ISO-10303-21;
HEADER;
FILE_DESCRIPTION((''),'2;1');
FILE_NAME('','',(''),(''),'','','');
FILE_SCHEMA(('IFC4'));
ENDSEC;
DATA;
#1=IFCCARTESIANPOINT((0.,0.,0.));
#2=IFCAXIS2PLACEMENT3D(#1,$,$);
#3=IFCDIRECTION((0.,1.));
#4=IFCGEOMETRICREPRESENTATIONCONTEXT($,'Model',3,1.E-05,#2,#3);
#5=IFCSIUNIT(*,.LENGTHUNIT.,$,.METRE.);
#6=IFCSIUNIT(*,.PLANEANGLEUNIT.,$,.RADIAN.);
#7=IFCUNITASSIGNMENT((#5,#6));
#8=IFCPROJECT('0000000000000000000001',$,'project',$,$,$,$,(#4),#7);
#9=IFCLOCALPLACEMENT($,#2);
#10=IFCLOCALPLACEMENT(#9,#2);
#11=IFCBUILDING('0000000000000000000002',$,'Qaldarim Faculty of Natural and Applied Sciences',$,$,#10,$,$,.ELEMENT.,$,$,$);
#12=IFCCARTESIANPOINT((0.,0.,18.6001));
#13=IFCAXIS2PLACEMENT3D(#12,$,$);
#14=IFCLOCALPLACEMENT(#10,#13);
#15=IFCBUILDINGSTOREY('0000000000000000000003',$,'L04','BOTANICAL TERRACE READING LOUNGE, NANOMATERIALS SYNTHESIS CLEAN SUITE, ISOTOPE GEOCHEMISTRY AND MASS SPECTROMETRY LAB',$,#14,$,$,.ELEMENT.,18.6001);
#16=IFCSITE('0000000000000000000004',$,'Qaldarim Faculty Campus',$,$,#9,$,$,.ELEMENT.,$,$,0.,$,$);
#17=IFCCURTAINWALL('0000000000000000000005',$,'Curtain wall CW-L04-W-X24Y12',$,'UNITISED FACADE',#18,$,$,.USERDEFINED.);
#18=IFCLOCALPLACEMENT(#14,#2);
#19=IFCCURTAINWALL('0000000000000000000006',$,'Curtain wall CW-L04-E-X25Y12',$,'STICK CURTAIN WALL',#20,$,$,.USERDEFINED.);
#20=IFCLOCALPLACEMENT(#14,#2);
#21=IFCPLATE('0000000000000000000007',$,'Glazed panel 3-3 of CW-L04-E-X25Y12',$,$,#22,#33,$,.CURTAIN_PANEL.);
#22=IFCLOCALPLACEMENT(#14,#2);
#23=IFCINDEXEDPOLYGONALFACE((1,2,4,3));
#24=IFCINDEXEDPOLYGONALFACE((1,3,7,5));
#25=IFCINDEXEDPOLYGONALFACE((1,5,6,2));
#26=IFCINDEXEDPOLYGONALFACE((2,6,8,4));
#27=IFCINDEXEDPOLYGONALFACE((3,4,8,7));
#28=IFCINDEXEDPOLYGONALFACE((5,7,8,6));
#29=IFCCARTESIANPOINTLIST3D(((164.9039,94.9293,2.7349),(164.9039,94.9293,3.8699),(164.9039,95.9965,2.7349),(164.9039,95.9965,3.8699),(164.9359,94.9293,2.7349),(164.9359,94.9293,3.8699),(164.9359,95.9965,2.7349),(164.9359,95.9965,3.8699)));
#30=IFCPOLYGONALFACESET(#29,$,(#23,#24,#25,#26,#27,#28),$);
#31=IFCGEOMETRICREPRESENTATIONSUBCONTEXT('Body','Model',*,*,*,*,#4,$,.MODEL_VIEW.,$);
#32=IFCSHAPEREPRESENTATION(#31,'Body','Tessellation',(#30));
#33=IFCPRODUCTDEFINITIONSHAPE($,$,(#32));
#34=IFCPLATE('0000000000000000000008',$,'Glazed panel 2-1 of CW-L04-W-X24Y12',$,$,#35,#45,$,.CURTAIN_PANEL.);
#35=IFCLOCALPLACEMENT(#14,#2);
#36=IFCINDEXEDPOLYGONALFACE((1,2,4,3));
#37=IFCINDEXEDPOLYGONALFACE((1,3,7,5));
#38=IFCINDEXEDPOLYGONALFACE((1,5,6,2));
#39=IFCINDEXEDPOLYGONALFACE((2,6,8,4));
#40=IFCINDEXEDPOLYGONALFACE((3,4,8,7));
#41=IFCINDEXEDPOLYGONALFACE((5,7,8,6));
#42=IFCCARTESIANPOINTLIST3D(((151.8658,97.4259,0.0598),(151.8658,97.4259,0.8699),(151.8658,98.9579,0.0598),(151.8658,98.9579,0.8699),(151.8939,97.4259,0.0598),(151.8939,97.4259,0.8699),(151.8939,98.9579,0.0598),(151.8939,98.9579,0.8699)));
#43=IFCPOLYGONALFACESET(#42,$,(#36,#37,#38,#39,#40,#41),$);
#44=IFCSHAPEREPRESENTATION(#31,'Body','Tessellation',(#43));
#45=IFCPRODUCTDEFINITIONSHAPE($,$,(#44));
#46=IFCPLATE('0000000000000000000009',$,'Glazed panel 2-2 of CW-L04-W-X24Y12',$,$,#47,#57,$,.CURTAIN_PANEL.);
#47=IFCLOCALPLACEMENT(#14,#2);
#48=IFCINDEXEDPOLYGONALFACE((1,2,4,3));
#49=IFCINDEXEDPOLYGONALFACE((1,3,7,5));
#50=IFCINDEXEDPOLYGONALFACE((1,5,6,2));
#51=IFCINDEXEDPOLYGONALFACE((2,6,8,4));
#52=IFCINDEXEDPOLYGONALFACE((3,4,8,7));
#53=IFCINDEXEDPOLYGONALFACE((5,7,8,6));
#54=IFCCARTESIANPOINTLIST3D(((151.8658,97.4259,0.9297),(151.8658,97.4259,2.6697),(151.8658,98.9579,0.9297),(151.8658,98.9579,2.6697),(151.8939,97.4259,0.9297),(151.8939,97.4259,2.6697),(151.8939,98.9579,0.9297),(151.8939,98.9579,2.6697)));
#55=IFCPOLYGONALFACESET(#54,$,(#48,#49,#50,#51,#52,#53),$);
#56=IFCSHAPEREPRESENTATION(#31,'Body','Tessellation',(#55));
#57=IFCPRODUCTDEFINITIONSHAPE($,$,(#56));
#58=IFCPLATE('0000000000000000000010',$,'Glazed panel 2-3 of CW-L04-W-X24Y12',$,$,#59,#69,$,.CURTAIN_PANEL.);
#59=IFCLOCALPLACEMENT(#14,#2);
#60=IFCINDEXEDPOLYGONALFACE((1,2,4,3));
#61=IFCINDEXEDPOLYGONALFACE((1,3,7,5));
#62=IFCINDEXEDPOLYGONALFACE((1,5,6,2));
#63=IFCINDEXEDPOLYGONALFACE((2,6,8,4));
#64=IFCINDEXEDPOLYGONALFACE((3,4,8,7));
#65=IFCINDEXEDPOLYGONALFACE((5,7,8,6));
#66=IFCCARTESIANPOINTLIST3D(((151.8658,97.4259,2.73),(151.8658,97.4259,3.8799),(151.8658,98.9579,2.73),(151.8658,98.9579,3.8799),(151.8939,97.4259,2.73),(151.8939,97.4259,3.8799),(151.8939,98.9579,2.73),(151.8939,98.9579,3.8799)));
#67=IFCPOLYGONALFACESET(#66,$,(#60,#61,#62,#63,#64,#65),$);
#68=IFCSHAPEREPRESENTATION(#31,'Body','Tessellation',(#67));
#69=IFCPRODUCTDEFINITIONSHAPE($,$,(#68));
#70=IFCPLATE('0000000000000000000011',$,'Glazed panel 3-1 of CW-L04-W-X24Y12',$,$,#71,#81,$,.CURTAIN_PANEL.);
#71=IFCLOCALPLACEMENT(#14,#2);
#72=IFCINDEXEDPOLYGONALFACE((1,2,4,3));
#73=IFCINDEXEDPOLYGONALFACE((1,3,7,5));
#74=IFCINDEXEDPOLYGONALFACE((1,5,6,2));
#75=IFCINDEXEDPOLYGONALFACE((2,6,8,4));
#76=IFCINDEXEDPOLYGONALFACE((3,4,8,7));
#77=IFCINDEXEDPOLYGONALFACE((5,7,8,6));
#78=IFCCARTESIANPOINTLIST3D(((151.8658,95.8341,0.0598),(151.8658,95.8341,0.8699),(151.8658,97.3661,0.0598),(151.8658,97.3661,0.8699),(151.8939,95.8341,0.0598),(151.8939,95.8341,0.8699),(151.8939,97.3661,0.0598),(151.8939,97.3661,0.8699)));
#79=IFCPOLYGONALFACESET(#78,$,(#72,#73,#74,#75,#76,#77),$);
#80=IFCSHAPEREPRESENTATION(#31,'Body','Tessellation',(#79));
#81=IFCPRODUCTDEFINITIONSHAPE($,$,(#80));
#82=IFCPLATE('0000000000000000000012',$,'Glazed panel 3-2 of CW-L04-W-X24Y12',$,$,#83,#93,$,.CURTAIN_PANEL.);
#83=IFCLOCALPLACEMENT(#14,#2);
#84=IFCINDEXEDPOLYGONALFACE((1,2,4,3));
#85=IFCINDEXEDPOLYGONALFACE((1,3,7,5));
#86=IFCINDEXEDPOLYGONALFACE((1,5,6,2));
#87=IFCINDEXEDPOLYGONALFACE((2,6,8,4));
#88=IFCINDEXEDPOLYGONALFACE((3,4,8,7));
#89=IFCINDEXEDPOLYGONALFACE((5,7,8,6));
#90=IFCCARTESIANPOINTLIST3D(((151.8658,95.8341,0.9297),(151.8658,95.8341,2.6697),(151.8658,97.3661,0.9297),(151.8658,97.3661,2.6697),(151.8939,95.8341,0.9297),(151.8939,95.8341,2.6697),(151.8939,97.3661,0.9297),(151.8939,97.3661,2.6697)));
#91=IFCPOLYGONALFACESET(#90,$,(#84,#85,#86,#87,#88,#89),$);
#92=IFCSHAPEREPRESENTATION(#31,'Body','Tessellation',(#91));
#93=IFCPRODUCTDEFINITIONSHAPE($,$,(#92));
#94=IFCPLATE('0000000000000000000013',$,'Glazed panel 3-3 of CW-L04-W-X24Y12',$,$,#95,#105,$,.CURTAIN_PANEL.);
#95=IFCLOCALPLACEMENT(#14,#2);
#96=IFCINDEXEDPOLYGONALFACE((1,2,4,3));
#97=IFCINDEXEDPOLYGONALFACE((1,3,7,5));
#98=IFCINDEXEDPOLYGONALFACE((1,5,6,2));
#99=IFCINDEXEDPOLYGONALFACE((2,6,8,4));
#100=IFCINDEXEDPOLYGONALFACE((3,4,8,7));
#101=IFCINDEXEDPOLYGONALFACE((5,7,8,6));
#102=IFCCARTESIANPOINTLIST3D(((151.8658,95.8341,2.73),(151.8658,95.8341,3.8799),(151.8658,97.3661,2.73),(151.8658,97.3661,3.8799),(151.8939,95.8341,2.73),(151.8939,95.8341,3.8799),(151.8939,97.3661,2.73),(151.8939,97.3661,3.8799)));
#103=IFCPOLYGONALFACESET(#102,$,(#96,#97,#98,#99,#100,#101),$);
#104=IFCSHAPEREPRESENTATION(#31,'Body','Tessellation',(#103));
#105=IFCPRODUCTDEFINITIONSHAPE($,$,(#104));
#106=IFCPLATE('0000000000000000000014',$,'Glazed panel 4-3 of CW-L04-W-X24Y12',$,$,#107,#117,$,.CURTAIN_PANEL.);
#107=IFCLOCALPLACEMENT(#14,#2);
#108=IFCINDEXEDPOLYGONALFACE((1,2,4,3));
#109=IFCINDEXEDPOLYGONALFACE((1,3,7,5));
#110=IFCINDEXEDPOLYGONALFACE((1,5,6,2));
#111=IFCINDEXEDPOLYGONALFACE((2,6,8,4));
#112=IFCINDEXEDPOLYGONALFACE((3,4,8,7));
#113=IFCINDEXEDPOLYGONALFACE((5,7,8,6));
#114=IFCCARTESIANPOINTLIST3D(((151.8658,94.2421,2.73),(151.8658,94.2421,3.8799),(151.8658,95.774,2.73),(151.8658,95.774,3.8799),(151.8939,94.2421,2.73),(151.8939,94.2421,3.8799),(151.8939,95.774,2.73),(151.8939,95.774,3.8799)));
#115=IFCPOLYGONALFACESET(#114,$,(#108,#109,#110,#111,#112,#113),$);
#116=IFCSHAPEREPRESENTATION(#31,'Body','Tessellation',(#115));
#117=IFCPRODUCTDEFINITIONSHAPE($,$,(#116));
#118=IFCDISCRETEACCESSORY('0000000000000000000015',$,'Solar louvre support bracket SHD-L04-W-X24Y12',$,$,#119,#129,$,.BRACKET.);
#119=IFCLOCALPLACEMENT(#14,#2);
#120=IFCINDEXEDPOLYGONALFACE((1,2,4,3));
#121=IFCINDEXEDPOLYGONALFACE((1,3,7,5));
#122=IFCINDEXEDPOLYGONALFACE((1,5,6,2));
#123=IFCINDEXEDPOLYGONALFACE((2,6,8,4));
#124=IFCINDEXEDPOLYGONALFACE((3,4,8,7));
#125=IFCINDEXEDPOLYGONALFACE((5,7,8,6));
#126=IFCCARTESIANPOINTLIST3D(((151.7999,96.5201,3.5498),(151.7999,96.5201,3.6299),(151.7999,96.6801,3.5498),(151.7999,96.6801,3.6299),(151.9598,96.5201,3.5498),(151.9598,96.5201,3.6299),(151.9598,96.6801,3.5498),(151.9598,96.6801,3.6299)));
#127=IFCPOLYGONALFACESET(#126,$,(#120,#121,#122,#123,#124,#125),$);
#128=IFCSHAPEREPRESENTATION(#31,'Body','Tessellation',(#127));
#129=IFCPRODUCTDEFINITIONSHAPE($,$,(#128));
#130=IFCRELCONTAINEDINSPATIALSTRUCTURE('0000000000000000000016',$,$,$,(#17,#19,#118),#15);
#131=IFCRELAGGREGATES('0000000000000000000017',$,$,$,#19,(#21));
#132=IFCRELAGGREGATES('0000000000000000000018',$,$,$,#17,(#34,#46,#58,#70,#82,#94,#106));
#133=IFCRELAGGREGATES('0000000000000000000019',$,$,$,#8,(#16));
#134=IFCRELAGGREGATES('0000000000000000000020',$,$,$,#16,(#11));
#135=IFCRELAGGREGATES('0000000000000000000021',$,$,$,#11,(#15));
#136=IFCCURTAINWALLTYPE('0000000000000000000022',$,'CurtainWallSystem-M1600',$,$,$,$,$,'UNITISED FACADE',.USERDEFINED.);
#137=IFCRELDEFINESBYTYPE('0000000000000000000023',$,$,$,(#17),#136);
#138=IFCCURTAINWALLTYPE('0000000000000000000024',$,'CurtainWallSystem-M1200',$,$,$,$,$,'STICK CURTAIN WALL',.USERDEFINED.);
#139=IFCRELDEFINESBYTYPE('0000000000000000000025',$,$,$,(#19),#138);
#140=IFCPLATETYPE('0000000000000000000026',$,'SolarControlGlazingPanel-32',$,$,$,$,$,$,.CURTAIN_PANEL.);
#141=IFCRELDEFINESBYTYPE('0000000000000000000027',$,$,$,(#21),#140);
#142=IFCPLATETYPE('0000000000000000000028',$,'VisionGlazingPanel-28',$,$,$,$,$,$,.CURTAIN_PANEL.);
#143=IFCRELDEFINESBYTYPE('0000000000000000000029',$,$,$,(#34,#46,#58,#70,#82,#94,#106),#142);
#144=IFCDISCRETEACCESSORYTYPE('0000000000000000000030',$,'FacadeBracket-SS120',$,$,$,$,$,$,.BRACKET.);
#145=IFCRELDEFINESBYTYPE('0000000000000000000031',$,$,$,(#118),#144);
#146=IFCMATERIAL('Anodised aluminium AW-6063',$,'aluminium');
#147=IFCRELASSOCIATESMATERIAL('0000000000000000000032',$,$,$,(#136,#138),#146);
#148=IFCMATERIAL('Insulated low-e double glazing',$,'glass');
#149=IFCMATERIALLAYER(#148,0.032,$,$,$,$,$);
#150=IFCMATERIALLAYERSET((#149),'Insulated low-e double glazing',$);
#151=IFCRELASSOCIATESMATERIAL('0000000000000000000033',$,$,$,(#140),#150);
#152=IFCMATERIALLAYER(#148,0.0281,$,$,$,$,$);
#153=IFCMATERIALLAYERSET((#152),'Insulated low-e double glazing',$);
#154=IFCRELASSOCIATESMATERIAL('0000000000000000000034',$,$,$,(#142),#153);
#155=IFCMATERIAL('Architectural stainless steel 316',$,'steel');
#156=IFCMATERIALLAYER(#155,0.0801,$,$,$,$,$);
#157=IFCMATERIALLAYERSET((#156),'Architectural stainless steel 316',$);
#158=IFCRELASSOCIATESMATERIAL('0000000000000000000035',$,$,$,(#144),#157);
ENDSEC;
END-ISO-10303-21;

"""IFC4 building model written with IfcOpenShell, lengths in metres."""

from ifc_helpers import new_model, si_unit, direction, frame, origin, origin_2d, place, context, subcontext, project, spatial, rectangle, extrude, material, layer, layer_set, type_object, element, aggregate, save


model = new_model("IFC4")

# Units and contexts
model_context = context("Model", 3, precision=1e-05, world=origin(), true_north=direction((0.0, 1.0)))
body_context = subcontext(model_context, "Body", "Model", "MODEL_VIEW")
ifc_project = project(units=[si_unit("LENGTHUNIT", "METRE"), si_unit("PLANEANGLEUNIT", "RADIAN")], contexts=[model_context])

# Site, building, storey
site_placement = place(None, origin())
site = spatial("IfcSite", under=ifc_project, at=site_placement, Name="Qaldarim Faculty Campus", CompositionType="ELEMENT", RefElevation=0.0)
building_placement = place(site_placement, origin())
building = spatial("IfcBuilding", under=site, at=building_placement, Name="Qaldarim Faculty of Natural and Applied Sciences", CompositionType="ELEMENT")
storey_placement = place(building_placement, frame((0.0, 0.0, 18.6001)))
storey = spatial("IfcBuildingStorey", under=building, at=storey_placement, Name="L04", Description="BOTANICAL TERRACE READING LOUNGE, NANOMATERIALS SYNTHESIS CLEAN SUITE, ISOTOPE GEOCHEMISTRY AND MASS SPECTROMETRY LAB", CompositionType="ELEMENT", Elevation=18.6001)

# Curtain wall
ifc_material_1 = material(Name="Anodised aluminium AW-6063", Category="aluminium")
curtain_wall_type_1 = type_object("IfcCurtainWallType", Name="CurtainWallSystem-M1600", ElementType="UNITISED FACADE", PredefinedType="USERDEFINED", material=ifc_material_1)
curtain_wall_1_placement = place(storey_placement, origin())
curtain_wall_1 = element("IfcCurtainWall", 1, at=curtain_wall_1_placement, inside=storey, type_object=curtain_wall_type_1, Name="Curtain wall CW-L04-W-X24Y12", ObjectType="UNITISED FACADE", PredefinedType="USERDEFINED")

# Curtain wall
curtain_wall_type_2 = type_object("IfcCurtainWallType", Name="CurtainWallSystem-M1200", ElementType="STICK CURTAIN WALL", PredefinedType="USERDEFINED", material=ifc_material_1)
curtain_wall_2_placement = place(storey_placement, origin())
curtain_wall_2 = element("IfcCurtainWall", 2, at=curtain_wall_2_placement, inside=storey, type_object=curtain_wall_type_2, Name="Curtain wall CW-L04-E-X25Y12", ObjectType="STICK CURTAIN WALL", PredefinedType="USERDEFINED")

# Plates
ifc_material_2 = material(Name="Insulated low-e double glazing", Category="glass")
ifc_layer_1 = layer(ifc_material_2, 0.032)
ifc_layer_set_1 = layer_set([ifc_layer_1], Name="Insulated low-e double glazing")
plate_type_1 = type_object("IfcPlateType", Name="SolarControlGlazingPanel-32", PredefinedType="CURTAIN_PANEL", material=ifc_layer_set_1)
plate_1_placement = place(storey_placement, frame((164.9199, 95.4629, 2.7349), z_axis=(0.0, 0.0, 1.0), x_axis=(0.0, 1.0, 0.0)))
plate_1 = element("IfcPlate", 3, at=plate_1_placement, type_object=plate_type_1, Name="Glazed panel 3-3 of CW-L04-E-X25Y12", PredefinedType="CURTAIN_PANEL", context=body_context, shape_type="SweptSolid", body=[
    extrude(rectangle(XDim=1.0671, YDim=0.032, at=origin_2d()), origin(), (0.0, 0.0, 1.0), 1.135),
])
aggregate(curtain_wall_2, [plate_1])
ifc_layer_2 = layer(ifc_material_2, 0.0281)
ifc_layer_set_2 = layer_set([ifc_layer_2], Name="Insulated low-e double glazing")
plate_type_2 = type_object("IfcPlateType", Name="VisionGlazingPanel-28", PredefinedType="CURTAIN_PANEL", material=ifc_layer_set_2)
plate_2_placement = place(storey_placement, frame((151.8799, 98.1919, 0.0598), z_axis=(0.0, 0.0, 1.0), x_axis=(0.0, -1.0, 0.0)))
plate_2 = element("IfcPlate", 4, at=plate_2_placement, type_object=plate_type_2, Name="Glazed panel 2-1 of CW-L04-W-X24Y12", PredefinedType="CURTAIN_PANEL", context=body_context, shape_type="SweptSolid", body=[
    extrude(rectangle(XDim=1.532, YDim=0.0281, at=origin_2d()), origin(), (0.0, 0.0, 1.0), 0.8101),
])
plate_3_placement = place(storey_placement, frame((151.8799, 98.1919, 0.9297), z_axis=(0.0, 0.0, 1.0), x_axis=(0.0, -1.0, 0.0)))
plate_3 = element("IfcPlate", 5, at=plate_3_placement, type_object=plate_type_2, Name="Glazed panel 2-2 of CW-L04-W-X24Y12", PredefinedType="CURTAIN_PANEL", context=body_context, shape_type="SweptSolid", body=[
    extrude(rectangle(XDim=1.532, YDim=0.0281, at=origin_2d()), origin(), (0.0, 0.0, 1.0), 1.74),
])
plate_4_placement = place(storey_placement, frame((151.8799, 98.1919, 2.73), z_axis=(0.0, 0.0, 1.0), x_axis=(0.0, -1.0, 0.0)))
plate_4 = element("IfcPlate", 6, at=plate_4_placement, type_object=plate_type_2, Name="Glazed panel 2-3 of CW-L04-W-X24Y12", PredefinedType="CURTAIN_PANEL", context=body_context, shape_type="SweptSolid", body=[
    extrude(rectangle(XDim=1.532, YDim=0.0281, at=origin_2d()), origin(), (0.0, 0.0, 1.0), 1.1499),
])
plate_5_placement = place(storey_placement, frame((151.8799, 96.6001, 0.0598), z_axis=(0.0, 0.0, 1.0), x_axis=(0.0, -1.0, 0.0)))
plate_5 = element("IfcPlate", 7, at=plate_5_placement, type_object=plate_type_2, Name="Glazed panel 3-1 of CW-L04-W-X24Y12", PredefinedType="CURTAIN_PANEL", context=body_context, shape_type="SweptSolid", body=[
    extrude(rectangle(XDim=1.532, YDim=0.0281, at=origin_2d()), origin(), (0.0, 0.0, 1.0), 0.8101),
])
plate_6_placement = place(storey_placement, frame((151.8799, 96.6001, 0.9297), z_axis=(0.0, 0.0, 1.0), x_axis=(0.0, -1.0, 0.0)))
plate_6 = element("IfcPlate", 8, at=plate_6_placement, type_object=plate_type_2, Name="Glazed panel 3-2 of CW-L04-W-X24Y12", PredefinedType="CURTAIN_PANEL", context=body_context, shape_type="SweptSolid", body=[
    extrude(rectangle(XDim=1.532, YDim=0.0281, at=origin_2d()), origin(), (0.0, 0.0, 1.0), 1.74),
])
plate_7_placement = place(storey_placement, frame((151.8799, 96.6001, 2.73), z_axis=(0.0, 0.0, 1.0), x_axis=(0.0, -1.0, 0.0)))
plate_7 = element("IfcPlate", 9, at=plate_7_placement, type_object=plate_type_2, Name="Glazed panel 3-3 of CW-L04-W-X24Y12", PredefinedType="CURTAIN_PANEL", context=body_context, shape_type="SweptSolid", body=[
    extrude(rectangle(XDim=1.532, YDim=0.0281, at=origin_2d()), origin(), (0.0, 0.0, 1.0), 1.1499),
])
plate_8_placement = place(storey_placement, frame((151.8799, 95.0081, 2.73), z_axis=(0.0, 0.0, 1.0), x_axis=(0.0, -1.0, 0.0)))
plate_8 = element("IfcPlate", 10, at=plate_8_placement, type_object=plate_type_2, Name="Glazed panel 4-3 of CW-L04-W-X24Y12", PredefinedType="CURTAIN_PANEL", context=body_context, shape_type="SweptSolid", body=[
    extrude(rectangle(XDim=1.532, YDim=0.0281, at=origin_2d()), origin(), (0.0, 0.0, 1.0), 1.1499),
])
aggregate(curtain_wall_1, [plate_2, plate_3, plate_4, plate_5, plate_6, plate_7, plate_8])

# Discrete accessory
ifc_material_3 = material(Name="Architectural stainless steel 316", Category="steel")
ifc_layer_3 = layer(ifc_material_3, 0.0801)
ifc_layer_set_3 = layer_set([ifc_layer_3], Name="Architectural stainless steel 316")
discrete_accessory_type = type_object("IfcDiscreteAccessoryType", Name="FacadeBracket-SS120", PredefinedType="BRACKET", material=ifc_layer_set_3)
discrete_accessory_placement = place(storey_placement, frame((151.8799, 96.6001, 3.5498), z_axis=(0.0, 0.0, 1.0), x_axis=(0.0, 1.0, 0.0)))
element("IfcDiscreteAccessory", 11, at=discrete_accessory_placement, inside=storey, type_object=discrete_accessory_type, Name="Solar louvre support bracket SHD-L04-W-X24Y12", PredefinedType="BRACKET", context=body_context, shape_type="SweptSolid", body=[
    extrude(rectangle(XDim=0.1599, YDim=0.1599, at=origin_2d()), origin(), (0.0, 0.0, 1.0), 0.0801),
])

save(model, "model.ifc")
